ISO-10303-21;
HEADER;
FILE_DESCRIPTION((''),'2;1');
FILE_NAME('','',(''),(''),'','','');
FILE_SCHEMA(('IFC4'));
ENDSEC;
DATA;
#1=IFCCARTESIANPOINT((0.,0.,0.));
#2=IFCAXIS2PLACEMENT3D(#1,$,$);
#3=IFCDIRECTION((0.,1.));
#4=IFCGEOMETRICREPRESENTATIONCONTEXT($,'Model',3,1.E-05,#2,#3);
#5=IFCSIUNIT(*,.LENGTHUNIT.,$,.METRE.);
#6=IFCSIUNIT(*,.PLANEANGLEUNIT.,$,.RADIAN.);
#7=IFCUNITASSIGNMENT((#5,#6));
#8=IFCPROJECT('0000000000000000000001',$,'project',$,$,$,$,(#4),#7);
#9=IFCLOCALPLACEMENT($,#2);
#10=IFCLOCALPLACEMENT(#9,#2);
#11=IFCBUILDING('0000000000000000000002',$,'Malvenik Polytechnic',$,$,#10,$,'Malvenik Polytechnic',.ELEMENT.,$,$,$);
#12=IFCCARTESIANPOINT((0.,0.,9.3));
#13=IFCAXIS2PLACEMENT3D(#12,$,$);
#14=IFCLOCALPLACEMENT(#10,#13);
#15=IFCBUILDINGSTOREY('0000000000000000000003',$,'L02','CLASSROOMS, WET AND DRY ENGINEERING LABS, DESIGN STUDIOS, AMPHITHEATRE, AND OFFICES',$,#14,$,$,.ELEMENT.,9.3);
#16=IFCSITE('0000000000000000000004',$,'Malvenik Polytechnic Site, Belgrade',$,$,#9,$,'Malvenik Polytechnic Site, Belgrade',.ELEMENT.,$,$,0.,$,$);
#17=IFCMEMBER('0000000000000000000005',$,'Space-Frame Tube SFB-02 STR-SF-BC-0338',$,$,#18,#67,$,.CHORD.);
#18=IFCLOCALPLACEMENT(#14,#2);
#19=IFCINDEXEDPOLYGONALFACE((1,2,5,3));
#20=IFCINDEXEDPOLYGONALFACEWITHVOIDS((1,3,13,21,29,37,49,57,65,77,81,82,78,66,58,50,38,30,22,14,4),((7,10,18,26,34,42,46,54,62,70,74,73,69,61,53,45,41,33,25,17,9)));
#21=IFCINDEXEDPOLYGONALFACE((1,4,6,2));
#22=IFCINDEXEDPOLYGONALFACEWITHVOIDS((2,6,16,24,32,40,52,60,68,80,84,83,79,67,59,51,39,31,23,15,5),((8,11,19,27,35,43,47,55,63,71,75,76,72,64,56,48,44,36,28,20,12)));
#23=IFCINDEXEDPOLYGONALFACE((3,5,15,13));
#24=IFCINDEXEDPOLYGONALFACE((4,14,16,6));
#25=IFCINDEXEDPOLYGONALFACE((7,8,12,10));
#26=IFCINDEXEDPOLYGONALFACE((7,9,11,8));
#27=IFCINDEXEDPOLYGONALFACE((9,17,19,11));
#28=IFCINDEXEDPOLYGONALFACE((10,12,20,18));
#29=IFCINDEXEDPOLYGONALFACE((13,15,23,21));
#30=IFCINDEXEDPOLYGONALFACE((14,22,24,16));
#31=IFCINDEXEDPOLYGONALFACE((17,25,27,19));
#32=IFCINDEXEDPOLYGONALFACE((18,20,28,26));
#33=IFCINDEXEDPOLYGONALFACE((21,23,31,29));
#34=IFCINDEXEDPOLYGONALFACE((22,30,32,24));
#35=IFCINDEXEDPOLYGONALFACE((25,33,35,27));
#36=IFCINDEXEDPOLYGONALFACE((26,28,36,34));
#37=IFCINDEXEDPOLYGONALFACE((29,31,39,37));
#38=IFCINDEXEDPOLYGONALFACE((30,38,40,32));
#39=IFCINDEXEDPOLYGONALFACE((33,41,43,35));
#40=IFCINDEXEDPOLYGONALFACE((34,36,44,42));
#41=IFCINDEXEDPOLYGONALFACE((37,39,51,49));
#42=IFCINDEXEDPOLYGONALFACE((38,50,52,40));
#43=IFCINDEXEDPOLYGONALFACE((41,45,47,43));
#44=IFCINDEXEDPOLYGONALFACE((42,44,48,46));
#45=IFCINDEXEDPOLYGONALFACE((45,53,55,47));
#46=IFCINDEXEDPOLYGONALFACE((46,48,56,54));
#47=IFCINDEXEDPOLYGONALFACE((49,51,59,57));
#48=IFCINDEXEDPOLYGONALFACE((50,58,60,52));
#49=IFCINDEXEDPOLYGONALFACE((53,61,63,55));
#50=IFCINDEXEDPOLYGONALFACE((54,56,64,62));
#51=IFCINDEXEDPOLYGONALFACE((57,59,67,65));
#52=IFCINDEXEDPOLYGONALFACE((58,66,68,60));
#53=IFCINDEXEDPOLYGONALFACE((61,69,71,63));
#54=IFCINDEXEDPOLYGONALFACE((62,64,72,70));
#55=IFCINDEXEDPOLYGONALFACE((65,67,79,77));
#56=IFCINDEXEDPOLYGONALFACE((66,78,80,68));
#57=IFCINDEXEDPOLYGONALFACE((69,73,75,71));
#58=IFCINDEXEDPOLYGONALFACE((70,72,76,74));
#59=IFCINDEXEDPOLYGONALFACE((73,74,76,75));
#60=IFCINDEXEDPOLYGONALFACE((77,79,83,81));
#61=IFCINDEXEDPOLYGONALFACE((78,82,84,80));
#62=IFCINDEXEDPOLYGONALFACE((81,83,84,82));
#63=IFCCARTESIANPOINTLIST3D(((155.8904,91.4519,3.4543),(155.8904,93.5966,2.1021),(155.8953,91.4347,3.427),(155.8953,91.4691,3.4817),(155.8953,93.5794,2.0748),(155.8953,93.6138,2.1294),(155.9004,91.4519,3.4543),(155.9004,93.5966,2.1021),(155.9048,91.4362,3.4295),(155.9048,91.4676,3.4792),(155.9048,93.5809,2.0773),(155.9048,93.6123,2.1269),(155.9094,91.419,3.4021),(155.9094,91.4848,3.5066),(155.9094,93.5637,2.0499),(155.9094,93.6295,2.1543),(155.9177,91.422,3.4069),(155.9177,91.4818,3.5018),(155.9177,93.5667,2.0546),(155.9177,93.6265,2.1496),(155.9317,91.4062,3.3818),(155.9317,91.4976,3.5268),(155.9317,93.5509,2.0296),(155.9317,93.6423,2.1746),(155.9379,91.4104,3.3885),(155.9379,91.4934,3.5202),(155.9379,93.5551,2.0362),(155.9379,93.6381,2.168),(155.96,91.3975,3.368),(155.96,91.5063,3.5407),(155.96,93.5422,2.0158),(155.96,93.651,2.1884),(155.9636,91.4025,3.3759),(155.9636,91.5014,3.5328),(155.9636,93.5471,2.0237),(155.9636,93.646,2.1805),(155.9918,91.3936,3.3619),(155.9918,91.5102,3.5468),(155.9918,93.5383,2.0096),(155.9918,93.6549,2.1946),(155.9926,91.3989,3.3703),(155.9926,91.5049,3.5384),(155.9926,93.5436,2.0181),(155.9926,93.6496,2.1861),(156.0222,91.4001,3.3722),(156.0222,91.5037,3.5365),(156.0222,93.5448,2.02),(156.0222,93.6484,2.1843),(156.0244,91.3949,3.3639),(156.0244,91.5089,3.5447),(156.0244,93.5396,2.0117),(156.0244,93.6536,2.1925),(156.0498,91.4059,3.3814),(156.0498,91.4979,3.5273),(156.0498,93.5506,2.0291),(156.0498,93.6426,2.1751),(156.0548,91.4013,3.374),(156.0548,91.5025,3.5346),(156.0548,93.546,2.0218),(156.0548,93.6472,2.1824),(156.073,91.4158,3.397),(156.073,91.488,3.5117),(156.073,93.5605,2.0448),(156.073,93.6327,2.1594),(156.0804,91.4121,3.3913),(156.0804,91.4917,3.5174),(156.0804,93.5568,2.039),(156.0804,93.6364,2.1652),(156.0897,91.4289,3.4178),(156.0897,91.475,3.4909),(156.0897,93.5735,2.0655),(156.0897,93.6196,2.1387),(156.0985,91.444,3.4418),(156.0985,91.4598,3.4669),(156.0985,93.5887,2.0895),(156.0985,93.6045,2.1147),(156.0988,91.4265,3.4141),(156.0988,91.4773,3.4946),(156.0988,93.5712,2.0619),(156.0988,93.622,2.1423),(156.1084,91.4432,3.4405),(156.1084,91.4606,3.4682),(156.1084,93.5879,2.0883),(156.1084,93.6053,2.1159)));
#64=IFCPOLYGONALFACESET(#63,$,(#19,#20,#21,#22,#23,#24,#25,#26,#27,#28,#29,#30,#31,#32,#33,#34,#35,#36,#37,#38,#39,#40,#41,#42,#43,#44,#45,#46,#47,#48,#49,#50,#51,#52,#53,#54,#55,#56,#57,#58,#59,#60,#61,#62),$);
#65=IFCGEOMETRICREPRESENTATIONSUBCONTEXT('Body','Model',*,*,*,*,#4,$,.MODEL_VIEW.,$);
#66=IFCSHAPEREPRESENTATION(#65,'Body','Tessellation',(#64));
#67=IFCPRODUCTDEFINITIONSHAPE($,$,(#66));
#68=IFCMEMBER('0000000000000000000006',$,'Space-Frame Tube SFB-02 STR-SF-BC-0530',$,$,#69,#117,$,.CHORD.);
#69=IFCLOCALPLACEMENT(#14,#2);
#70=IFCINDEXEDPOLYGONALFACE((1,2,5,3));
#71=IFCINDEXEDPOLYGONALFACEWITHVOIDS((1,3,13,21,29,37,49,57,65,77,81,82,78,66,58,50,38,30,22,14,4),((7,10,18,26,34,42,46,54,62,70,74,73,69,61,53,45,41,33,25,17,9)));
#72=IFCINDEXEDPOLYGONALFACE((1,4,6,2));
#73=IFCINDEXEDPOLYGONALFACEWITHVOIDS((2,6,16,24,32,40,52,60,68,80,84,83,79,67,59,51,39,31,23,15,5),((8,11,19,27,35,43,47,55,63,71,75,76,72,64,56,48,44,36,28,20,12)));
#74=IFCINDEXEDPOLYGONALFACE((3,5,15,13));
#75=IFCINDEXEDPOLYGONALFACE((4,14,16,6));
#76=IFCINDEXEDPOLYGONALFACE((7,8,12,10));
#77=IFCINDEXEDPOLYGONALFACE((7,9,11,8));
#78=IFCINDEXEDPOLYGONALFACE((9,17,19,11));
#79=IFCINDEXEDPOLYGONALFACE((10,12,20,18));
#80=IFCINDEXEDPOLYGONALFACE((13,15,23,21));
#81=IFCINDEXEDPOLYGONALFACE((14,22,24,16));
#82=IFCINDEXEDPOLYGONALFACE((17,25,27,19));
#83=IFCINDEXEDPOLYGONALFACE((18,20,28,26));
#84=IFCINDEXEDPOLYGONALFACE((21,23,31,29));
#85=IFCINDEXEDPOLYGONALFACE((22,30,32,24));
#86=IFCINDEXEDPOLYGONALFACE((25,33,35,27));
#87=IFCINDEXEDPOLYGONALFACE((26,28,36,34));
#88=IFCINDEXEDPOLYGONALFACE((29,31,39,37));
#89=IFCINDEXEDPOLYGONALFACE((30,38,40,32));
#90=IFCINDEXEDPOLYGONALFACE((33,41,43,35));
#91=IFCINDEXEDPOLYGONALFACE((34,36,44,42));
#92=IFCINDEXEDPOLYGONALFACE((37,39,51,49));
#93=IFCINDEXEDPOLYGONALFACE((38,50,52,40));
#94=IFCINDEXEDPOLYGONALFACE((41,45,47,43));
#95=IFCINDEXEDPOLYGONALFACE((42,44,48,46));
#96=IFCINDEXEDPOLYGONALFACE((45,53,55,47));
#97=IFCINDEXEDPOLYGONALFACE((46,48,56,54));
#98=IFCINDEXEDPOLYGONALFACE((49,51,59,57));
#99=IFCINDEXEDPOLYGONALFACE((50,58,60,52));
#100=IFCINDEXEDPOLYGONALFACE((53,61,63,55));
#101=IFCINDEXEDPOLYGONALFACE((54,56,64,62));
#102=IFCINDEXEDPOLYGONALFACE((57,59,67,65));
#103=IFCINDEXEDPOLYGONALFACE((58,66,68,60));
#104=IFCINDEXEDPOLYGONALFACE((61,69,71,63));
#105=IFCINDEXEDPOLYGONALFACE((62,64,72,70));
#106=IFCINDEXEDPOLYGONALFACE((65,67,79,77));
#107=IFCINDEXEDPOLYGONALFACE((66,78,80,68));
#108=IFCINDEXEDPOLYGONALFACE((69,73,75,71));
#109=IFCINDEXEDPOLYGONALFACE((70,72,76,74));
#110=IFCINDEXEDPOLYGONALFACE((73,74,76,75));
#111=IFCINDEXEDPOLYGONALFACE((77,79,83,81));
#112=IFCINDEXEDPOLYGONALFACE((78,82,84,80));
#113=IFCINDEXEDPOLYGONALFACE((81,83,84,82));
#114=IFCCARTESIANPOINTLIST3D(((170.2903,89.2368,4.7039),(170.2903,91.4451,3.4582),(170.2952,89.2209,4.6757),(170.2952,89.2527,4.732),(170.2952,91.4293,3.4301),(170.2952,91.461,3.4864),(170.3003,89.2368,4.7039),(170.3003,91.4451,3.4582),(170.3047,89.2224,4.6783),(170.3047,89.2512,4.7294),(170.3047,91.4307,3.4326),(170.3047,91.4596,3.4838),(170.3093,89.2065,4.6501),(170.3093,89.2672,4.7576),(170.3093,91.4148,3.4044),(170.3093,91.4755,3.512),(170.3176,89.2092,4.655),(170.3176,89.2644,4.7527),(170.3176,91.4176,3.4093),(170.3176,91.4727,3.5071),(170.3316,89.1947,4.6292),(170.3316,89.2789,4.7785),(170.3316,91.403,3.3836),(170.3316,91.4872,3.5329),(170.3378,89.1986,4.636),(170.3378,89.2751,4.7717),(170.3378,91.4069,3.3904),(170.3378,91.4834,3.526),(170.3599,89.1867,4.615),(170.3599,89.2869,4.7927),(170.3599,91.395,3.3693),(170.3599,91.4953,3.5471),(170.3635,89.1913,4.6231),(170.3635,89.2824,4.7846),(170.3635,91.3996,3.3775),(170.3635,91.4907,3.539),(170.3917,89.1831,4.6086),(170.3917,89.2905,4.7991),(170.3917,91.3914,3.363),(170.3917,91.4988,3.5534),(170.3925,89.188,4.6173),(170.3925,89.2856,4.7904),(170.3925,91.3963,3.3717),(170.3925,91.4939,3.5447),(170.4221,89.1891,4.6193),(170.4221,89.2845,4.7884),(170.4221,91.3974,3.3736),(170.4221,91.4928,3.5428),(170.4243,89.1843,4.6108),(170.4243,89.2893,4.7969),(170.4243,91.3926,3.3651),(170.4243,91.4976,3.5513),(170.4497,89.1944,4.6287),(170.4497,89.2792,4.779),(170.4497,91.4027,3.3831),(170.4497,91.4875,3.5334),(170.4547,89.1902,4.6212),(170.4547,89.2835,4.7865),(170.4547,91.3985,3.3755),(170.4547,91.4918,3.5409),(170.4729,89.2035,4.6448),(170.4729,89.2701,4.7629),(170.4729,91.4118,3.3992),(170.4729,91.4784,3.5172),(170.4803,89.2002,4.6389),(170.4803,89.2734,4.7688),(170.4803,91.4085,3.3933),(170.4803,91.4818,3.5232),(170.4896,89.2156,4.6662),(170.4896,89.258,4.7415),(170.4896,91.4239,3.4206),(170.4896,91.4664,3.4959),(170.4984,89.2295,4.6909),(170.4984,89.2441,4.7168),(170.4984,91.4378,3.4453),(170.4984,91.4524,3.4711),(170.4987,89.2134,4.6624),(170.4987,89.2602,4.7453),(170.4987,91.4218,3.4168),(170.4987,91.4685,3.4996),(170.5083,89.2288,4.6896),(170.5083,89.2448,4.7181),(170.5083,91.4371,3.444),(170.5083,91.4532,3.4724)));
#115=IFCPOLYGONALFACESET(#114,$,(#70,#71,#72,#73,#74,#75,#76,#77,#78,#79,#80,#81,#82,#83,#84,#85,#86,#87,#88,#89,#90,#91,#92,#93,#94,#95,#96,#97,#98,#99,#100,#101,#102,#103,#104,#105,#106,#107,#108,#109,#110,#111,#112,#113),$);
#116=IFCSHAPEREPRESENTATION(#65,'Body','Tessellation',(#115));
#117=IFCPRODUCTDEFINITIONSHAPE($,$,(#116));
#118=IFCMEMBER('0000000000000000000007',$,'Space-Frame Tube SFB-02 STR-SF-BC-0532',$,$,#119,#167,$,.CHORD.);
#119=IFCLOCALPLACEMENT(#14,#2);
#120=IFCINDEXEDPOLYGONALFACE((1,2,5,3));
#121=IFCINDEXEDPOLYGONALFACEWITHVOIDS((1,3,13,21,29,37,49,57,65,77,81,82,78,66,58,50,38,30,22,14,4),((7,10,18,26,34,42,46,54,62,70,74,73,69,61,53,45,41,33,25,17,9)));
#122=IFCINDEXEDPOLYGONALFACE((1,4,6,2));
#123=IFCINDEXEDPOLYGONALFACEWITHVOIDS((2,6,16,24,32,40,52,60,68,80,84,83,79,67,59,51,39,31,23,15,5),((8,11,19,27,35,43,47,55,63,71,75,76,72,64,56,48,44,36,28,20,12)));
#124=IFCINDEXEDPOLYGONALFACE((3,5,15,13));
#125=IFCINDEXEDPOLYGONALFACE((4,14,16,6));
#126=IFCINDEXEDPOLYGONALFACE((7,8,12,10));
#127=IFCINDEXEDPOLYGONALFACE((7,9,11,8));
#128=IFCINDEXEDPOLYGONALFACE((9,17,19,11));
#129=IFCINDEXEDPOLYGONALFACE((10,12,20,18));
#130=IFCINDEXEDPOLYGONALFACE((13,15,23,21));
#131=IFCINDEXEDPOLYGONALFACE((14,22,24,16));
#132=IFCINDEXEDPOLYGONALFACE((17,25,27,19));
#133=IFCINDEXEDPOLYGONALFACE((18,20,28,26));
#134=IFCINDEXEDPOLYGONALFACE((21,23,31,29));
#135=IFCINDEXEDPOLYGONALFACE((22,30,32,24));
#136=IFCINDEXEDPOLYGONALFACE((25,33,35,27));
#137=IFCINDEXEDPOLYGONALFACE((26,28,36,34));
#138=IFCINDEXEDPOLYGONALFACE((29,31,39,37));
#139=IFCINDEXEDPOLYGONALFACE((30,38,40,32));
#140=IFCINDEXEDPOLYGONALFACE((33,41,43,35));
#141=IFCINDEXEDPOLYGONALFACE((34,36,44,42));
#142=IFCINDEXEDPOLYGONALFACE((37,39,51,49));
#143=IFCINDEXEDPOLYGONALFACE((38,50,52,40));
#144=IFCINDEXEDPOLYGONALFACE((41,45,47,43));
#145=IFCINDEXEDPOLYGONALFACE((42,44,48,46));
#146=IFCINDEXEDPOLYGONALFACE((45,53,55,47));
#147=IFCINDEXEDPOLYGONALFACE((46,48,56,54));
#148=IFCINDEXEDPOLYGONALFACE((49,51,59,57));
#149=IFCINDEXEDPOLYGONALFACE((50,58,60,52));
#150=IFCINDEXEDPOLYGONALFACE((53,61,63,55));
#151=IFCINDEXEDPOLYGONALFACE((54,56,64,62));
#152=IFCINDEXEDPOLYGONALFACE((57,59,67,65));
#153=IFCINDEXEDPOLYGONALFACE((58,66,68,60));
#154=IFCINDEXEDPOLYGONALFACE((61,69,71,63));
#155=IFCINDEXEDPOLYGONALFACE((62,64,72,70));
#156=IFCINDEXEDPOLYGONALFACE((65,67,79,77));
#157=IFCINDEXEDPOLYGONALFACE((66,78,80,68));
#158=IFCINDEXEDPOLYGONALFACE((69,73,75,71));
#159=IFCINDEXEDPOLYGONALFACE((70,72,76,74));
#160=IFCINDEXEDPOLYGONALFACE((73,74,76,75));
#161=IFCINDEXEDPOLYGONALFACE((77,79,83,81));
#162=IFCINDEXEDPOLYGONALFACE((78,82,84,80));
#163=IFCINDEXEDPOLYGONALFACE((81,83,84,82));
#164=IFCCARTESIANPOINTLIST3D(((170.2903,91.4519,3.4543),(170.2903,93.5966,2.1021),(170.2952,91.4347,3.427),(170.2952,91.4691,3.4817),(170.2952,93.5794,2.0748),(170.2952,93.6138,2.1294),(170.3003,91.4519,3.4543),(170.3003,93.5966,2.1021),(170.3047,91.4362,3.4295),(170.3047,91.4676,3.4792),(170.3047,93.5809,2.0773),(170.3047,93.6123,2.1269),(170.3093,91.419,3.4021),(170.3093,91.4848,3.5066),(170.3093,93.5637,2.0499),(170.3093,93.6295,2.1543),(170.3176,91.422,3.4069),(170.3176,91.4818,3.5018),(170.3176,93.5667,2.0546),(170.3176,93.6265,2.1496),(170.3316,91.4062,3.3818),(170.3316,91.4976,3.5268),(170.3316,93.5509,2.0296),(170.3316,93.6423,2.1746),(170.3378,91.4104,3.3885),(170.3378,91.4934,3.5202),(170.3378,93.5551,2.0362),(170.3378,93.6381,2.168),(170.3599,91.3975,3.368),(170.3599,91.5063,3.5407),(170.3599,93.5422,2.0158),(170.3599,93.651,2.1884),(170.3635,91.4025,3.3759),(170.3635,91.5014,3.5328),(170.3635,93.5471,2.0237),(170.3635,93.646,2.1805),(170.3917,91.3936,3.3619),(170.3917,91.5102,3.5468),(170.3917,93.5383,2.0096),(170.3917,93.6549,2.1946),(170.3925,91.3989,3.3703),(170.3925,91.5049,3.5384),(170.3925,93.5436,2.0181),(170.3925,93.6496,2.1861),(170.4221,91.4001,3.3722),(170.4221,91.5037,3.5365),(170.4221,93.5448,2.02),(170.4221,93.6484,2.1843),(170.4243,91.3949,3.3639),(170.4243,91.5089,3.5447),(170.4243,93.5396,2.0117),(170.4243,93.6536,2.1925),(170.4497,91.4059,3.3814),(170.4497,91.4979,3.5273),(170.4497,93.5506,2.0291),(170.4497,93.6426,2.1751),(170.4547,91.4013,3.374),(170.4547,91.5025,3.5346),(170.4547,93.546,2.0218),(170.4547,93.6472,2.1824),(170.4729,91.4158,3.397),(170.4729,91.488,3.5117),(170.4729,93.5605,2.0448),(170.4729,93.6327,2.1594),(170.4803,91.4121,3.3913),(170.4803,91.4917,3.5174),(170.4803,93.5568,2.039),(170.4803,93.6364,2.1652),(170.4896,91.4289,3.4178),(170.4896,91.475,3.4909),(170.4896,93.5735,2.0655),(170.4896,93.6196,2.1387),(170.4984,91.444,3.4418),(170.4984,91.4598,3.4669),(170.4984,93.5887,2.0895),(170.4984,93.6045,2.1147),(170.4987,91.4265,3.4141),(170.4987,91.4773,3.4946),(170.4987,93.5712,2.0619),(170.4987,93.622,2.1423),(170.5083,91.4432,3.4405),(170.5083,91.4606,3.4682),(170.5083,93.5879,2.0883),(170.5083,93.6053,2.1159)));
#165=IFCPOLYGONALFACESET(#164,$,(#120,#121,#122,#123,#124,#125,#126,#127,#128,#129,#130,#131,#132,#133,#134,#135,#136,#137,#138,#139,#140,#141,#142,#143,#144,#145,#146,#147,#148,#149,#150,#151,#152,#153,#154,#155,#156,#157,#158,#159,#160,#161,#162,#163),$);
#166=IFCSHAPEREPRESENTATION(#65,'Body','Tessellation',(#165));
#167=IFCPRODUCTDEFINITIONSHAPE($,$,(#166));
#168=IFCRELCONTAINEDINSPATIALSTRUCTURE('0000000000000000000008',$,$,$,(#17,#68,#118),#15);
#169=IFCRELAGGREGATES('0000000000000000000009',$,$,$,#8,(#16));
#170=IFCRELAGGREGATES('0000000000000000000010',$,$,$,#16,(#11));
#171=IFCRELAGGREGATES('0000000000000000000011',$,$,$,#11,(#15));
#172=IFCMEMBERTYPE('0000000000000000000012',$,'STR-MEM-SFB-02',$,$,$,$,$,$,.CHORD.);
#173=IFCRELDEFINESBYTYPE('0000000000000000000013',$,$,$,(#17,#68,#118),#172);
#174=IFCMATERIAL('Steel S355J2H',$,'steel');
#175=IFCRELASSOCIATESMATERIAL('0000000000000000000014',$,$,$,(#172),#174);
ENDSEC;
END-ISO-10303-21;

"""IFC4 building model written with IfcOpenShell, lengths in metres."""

from ifc_helpers import new_model, si_unit, direction, frame, origin, origin_2d, place, context, subcontext, project, spatial, hollow_circle, extrude, material, material_profile, profile_set, type_object, element, save


model = new_model("IFC4")

# Units and contexts
model_context = context("Model", 3, precision=1e-05, world=origin(), true_north=direction((0.0, 1.0)))
body_context = subcontext(model_context, "Body", "Model", "MODEL_VIEW")
ifc_project = project(units=[si_unit("LENGTHUNIT", "METRE"), si_unit("PLANEANGLEUNIT", "RADIAN")], contexts=[model_context])

# Site, building, storey
site_placement = place(None, origin())
site = spatial("IfcSite", under=ifc_project, at=site_placement, Name="Malvenik Polytechnic Site, Belgrade", LongName="Malvenik Polytechnic Site, Belgrade", CompositionType="ELEMENT", RefElevation=0.0)
building_placement = place(site_placement, origin())
building = spatial("IfcBuilding", under=site, at=building_placement, Name="Malvenik Polytechnic", LongName="Malvenik Polytechnic", CompositionType="ELEMENT")
storey_placement = place(building_placement, frame((0.0, 0.0, 9.3)))
storey = spatial("IfcBuildingStorey", under=building, at=storey_placement, Name="L02", Description="CLASSROOMS, WET AND DRY ENGINEERING LABS, DESIGN STUDIOS, AMPHITHEATRE, AND OFFICES", CompositionType="ELEMENT", Elevation=9.3)

# Members
ifc_material = material(Name="Steel S355J2H", Category="steel")
ifc_material_profile_1 = material_profile(ifc_material, hollow_circle(Radius=0.1096, WallThickness=0.01, at=origin_2d()), Name="CHS 219.1x10.0")
ifc_profile_set_1 = profile_set([ifc_material_profile_1], Name="Steel S355J2H")
member_type_1 = type_object("IfcMemberType", Name="STR-MEM-SFB-02", PredefinedType="CHORD", material=ifc_profile_set_1)
for number, where, z_axis, x_axis, name in (
    (1, (156.0, 91.4519, 3.4543), (0.0, 0.845898, -0.533344), (-1.0, 0.0, 0.0), "Space-Frame Tube SFB-02 STR-SF-BC-0338"),
    (2, (170.3999, 89.2368, 4.7039), (0.0, 0.870991, -0.491299), (-1.0, 0.0, 0.0), "Space-Frame Tube SFB-02 STR-SF-BC-0530"),
    (3, (170.3999, 91.4519, 3.4543), (0.0, 0.845898, -0.533344), (-1.0, 0.0, 0.0), "Space-Frame Tube SFB-02 STR-SF-BC-0532"),
):
    element("IfcMember", number, at=place(storey_placement, frame(where, z_axis=z_axis, x_axis=x_axis)), inside=storey, type_object=member_type_1, Name=name, PredefinedType="CHORD", context=body_context, shape_type="SweptSolid", body=[
        extrude(hollow_circle(Radius=0.1096, WallThickness=0.01, at=origin_2d()), origin(), (0.0, 0.0, 1.0), 2.5354),
    ])

save(model, "model.ifc")
